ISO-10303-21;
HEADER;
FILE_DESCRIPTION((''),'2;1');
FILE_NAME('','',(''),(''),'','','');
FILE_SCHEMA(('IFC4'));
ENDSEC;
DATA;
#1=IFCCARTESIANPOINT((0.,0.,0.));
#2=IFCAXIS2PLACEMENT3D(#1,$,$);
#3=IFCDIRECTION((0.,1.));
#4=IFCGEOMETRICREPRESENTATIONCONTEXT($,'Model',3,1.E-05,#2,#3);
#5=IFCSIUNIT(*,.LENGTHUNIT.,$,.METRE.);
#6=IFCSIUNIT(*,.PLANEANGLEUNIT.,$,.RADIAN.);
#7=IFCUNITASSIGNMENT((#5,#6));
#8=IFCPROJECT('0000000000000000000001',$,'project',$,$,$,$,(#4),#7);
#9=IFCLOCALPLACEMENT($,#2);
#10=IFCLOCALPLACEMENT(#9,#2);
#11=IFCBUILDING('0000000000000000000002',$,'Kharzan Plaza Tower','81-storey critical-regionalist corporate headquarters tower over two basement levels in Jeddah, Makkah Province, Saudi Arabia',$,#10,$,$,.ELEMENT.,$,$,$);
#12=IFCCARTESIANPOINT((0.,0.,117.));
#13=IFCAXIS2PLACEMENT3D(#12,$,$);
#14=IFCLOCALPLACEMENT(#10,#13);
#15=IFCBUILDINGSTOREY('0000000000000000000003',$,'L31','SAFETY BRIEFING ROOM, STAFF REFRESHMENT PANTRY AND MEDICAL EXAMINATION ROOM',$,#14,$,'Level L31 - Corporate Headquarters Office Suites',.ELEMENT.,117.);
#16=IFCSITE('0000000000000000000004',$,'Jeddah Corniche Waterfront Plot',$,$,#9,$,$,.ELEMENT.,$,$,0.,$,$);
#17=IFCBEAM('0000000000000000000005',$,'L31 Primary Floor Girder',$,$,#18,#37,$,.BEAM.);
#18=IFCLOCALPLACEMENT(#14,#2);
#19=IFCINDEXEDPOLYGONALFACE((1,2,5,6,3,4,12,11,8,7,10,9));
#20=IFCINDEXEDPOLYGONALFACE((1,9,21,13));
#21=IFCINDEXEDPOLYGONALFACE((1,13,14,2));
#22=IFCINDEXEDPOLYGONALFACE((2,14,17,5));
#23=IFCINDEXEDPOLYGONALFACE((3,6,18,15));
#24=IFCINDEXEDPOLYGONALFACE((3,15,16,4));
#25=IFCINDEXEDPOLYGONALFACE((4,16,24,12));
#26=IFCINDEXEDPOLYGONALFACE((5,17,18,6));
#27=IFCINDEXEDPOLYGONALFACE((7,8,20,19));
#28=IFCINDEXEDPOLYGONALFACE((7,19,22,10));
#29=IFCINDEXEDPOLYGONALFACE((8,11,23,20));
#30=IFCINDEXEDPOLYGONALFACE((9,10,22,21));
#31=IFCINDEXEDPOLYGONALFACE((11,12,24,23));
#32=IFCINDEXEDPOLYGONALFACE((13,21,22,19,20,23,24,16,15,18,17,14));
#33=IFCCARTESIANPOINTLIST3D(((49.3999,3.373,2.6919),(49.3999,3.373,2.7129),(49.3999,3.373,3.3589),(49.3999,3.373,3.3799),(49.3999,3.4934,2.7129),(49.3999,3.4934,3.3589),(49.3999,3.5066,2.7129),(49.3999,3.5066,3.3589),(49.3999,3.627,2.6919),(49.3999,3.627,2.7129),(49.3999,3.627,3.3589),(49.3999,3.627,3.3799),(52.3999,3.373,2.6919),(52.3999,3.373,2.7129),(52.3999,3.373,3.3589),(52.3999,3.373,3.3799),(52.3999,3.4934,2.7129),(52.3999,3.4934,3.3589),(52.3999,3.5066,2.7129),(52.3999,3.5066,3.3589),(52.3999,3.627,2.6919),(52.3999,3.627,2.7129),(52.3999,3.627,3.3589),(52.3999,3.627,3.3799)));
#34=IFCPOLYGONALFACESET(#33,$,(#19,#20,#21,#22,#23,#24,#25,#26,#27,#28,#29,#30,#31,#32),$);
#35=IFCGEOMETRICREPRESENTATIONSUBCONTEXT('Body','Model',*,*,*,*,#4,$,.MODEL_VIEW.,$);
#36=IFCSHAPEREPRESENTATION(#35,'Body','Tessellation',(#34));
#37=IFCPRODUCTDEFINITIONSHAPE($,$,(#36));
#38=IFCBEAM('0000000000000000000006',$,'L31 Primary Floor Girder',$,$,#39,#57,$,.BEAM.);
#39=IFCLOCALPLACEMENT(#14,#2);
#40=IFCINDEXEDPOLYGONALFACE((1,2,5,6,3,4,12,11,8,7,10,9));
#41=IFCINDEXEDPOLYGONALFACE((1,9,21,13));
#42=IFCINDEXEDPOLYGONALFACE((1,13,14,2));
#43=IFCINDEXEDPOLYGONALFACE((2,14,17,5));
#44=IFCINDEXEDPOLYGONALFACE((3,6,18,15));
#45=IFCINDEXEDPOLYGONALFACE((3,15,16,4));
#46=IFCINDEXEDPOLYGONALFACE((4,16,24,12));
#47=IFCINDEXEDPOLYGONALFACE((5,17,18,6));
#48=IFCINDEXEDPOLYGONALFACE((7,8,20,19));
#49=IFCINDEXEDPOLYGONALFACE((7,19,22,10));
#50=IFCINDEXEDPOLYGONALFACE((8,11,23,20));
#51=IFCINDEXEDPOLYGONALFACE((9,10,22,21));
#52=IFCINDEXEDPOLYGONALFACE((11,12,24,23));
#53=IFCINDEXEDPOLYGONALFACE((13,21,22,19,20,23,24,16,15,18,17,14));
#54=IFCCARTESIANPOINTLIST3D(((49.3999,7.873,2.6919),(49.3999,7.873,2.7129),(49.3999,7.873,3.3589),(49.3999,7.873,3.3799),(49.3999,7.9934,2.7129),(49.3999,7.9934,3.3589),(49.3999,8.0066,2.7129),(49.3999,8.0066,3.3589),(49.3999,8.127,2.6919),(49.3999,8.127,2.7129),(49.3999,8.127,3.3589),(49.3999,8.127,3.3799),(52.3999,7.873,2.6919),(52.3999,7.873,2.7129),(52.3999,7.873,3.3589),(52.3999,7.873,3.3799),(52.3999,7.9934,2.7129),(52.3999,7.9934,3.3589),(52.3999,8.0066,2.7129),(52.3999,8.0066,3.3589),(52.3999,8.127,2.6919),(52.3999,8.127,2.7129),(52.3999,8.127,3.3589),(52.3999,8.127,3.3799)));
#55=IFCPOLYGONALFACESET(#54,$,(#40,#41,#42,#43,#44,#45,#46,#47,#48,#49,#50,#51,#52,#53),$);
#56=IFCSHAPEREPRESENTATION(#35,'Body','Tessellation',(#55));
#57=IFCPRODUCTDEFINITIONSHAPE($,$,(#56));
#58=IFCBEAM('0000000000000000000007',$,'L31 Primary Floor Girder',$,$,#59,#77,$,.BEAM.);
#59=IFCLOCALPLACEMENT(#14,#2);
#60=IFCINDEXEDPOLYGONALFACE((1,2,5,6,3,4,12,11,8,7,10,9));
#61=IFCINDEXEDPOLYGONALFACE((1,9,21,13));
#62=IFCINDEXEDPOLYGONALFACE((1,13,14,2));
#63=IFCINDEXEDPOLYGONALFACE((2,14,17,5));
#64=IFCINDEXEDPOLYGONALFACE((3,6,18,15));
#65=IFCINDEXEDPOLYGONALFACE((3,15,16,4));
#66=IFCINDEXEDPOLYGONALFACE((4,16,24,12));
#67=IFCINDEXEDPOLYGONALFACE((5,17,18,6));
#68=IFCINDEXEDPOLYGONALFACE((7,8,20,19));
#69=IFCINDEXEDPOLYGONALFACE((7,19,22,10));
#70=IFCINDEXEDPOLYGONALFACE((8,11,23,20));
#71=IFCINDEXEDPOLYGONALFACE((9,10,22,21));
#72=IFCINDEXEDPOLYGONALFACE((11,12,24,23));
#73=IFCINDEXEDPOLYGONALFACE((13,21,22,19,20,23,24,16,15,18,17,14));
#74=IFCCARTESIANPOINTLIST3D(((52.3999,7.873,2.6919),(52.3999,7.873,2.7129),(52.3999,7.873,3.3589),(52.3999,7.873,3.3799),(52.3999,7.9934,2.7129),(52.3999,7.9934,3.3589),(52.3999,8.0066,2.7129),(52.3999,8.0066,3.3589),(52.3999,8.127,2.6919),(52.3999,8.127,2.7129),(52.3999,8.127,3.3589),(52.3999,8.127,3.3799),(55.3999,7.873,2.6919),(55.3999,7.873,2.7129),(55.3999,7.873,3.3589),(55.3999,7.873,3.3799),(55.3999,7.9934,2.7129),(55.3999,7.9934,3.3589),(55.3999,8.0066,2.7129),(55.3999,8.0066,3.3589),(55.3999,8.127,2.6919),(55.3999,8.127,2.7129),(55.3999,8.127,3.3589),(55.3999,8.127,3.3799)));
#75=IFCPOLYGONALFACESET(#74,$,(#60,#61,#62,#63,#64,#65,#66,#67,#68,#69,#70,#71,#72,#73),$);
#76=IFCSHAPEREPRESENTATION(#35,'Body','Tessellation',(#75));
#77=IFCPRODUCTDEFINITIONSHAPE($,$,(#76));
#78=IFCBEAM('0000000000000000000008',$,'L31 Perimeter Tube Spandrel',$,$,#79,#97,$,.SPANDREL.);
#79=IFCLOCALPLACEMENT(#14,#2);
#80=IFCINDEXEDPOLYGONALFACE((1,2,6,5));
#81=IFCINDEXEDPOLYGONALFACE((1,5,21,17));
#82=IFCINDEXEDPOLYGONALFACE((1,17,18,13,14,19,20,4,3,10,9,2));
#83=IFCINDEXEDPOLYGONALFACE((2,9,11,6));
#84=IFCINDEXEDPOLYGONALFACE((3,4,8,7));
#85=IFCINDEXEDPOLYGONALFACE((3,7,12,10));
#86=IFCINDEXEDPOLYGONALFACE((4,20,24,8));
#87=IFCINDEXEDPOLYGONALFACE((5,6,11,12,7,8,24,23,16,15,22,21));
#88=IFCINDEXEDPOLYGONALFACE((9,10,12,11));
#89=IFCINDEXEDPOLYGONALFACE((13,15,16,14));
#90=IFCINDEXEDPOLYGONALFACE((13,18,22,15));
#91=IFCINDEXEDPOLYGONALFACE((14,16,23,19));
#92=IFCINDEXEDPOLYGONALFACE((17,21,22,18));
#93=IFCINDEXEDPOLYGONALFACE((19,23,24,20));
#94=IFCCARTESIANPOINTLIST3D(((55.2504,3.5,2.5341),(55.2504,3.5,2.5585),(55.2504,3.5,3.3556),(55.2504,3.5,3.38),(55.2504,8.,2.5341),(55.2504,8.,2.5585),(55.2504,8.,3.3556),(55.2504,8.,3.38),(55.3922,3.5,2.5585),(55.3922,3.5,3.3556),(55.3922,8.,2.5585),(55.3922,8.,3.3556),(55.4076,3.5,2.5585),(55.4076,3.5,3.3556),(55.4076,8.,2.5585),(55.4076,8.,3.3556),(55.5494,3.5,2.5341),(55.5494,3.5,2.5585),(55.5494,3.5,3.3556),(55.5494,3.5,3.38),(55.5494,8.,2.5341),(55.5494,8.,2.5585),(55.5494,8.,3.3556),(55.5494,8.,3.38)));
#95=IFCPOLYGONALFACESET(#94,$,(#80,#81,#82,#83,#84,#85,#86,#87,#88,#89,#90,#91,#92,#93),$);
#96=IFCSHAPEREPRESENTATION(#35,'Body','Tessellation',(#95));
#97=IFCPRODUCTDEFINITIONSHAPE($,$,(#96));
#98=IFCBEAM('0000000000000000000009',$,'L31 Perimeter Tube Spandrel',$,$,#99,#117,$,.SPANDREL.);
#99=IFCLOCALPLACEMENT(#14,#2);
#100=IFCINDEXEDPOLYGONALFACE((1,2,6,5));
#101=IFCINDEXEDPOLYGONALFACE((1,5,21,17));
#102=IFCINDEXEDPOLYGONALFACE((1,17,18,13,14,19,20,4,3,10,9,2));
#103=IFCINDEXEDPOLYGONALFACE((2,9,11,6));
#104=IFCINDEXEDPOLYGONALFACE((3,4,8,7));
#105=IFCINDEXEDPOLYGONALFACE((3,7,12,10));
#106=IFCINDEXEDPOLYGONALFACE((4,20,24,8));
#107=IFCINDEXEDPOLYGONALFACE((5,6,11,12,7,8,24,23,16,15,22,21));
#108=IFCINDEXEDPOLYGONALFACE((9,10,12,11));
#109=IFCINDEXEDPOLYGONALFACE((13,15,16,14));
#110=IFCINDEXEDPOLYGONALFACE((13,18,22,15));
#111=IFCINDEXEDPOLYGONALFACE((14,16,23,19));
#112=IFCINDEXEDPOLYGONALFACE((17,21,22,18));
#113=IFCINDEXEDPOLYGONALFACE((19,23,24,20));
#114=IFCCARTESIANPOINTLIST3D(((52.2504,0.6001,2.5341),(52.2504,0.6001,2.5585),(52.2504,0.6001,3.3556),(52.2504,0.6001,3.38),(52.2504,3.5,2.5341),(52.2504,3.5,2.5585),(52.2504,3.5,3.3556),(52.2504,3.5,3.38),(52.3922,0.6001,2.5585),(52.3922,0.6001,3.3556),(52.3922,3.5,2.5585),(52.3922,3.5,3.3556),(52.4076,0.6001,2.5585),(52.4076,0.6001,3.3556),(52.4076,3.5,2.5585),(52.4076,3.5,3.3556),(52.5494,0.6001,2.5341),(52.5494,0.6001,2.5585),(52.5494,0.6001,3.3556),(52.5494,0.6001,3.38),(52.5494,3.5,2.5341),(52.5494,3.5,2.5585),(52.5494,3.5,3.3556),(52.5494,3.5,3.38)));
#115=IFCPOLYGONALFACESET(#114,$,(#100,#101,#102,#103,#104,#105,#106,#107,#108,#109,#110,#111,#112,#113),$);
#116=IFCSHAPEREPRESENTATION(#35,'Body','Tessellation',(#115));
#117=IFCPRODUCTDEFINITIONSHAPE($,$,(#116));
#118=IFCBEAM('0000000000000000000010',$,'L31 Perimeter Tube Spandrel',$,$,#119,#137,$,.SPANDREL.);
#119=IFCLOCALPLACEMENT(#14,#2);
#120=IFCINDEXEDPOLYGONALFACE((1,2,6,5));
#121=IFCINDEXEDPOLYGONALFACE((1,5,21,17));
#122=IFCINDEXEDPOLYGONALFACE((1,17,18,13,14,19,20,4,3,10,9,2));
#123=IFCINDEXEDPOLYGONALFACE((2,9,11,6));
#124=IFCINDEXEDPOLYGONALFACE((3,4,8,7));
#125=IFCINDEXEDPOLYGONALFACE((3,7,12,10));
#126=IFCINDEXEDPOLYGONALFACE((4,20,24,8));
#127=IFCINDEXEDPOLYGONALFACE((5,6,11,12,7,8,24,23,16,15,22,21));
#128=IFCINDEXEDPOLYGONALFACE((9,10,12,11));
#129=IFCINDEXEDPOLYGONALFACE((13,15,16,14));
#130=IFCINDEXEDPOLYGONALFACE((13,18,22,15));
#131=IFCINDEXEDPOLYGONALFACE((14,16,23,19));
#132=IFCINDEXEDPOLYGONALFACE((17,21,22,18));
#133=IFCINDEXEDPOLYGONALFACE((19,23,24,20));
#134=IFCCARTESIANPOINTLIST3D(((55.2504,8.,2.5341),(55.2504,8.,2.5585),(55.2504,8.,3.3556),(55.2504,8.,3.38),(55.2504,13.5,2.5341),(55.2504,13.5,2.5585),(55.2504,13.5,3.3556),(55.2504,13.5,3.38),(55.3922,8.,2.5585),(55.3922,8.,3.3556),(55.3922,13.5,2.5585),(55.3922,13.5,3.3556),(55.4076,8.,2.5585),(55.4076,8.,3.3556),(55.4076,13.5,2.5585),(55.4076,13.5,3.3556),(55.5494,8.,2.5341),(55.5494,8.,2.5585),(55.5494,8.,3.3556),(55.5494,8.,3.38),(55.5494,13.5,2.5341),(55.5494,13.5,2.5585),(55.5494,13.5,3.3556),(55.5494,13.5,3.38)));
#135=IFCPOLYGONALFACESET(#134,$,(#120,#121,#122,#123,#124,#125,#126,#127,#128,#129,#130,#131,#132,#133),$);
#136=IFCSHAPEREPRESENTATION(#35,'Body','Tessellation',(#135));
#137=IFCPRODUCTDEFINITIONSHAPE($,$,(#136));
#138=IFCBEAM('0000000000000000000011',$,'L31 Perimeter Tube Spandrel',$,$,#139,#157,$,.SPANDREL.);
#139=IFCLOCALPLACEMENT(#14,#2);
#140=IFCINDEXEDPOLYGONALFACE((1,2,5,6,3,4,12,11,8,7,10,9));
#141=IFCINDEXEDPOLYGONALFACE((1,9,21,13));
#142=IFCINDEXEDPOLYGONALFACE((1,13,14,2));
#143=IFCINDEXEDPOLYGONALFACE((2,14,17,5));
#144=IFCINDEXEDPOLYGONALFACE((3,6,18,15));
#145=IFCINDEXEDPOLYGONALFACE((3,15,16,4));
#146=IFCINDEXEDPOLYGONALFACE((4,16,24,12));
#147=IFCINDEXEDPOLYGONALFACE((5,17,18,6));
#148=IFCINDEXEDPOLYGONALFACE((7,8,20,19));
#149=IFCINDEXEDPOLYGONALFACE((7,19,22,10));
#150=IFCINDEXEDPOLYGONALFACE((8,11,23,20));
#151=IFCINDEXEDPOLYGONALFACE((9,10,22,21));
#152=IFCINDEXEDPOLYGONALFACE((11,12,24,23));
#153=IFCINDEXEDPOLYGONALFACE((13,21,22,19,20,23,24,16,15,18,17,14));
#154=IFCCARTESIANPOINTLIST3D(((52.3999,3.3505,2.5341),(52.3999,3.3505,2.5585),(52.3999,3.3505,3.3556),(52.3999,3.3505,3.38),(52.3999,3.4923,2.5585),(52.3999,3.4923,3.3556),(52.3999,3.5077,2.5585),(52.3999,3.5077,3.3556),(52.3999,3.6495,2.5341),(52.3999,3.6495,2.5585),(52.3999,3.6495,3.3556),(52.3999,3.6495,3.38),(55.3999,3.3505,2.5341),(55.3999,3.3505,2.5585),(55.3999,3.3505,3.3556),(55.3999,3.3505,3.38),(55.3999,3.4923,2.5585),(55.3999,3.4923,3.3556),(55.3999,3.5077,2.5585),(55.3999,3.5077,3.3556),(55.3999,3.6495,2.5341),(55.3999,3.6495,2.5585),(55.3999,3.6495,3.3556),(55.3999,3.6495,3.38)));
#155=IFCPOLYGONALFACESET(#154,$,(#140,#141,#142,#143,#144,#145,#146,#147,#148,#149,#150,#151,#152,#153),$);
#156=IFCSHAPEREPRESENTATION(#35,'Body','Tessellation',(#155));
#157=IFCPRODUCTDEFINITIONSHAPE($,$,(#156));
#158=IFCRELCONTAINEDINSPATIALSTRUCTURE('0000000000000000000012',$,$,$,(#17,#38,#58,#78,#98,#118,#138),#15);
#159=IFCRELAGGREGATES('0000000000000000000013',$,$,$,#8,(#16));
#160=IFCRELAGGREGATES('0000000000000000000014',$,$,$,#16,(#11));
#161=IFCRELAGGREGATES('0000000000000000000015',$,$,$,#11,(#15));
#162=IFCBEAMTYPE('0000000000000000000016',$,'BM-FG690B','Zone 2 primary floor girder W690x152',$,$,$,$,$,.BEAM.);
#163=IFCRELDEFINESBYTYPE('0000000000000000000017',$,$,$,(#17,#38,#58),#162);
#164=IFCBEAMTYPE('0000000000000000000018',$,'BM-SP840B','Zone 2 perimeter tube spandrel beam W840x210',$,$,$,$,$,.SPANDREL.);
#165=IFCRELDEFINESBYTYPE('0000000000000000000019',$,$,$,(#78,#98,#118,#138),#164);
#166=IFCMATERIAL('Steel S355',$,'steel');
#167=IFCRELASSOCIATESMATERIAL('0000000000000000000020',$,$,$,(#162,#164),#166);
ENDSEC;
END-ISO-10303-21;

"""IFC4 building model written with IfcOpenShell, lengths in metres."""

from ifc_helpers import new_model, si_unit, direction, frame, origin, origin_2d, place, context, subcontext, project, spatial, i_section, extrude, source, transform, mapped, material, material_profile, profile_set, type_object, element, save


model = new_model("IFC4")

# Units and contexts
model_context = context("Model", 3, precision=1e-05, world=origin(), true_north=direction((0.0, 1.0)))
body_context = subcontext(model_context, "Body", "Model", "MODEL_VIEW")
ifc_project = project(units=[si_unit("LENGTHUNIT", "METRE"), si_unit("PLANEANGLEUNIT", "RADIAN")], contexts=[model_context])

# Site, building, storey
site_placement = place(None, origin())
site = spatial("IfcSite", under=ifc_project, at=site_placement, Name="Jeddah Corniche Waterfront Plot", CompositionType="ELEMENT", RefElevation=0.0)
building_placement = place(site_placement, origin())
building = spatial("IfcBuilding", under=site, at=building_placement, Name="Kharzan Plaza Tower", Description="81-storey critical-regionalist corporate headquarters tower over two basement levels in Jeddah, Makkah Province, Saudi Arabia", CompositionType="ELEMENT")
storey_placement = place(building_placement, frame((0.0, 0.0, 117.0)))
storey = spatial("IfcBuildingStorey", under=building, at=storey_placement, Name="L31", Description="SAFETY BRIEFING ROOM, STAFF REFRESHMENT PANTRY AND MEDICAL EXAMINATION ROOM", LongName="Level L31 - Corporate Headquarters Office Suites", CompositionType="ELEMENT", Elevation=117.0)

# Beams
ifc_material_1 = material(Name="Steel S355", Category="steel")
ifc_material_profile_1 = material_profile(ifc_material_1, i_section(OverallWidth=0.2539, OverallDepth=0.688, WebThickness=0.0132, FlangeThickness=0.021, at=origin_2d()), Name="W690x152")
ifc_profile_set_1 = profile_set([ifc_material_profile_1], Name="Steel S355")
beam_type_1 = type_object("IfcBeamType", Name="BM-FG690B", Description="Zone 2 primary floor girder W690x152", PredefinedType="BEAM", material=ifc_profile_set_1)
shared_shape_1 = source(origin(), body_context, "Body", "SweptSolid", [
    extrude(i_section(OverallWidth=0.2539, OverallDepth=0.688, WebThickness=0.0132, FlangeThickness=0.021, at=origin_2d()), origin(), (0.0, 0.0, 1.0), 3.0),
])
for number, where, z_axis, x_axis, name in (
    (1, (49.3999, 3.5, 3.0359), (1.0, 0.0, 0.0), (0.0, 1.0, 0.0), "L31 Primary Floor Girder"),
    (2, (49.3999, 8.0, 3.0359), (1.0, 0.0, 0.0), (0.0, 1.0, 0.0), "L31 Primary Floor Girder"),
    (3, (52.3999, 8.0, 3.0359), (1.0, 0.0, 0.0), (0.0, 1.0, 0.0), "L31 Primary Floor Girder"),
):
    element("IfcBeam", number, at=place(storey_placement, frame(where, z_axis=z_axis, x_axis=x_axis)), inside=storey, type_object=beam_type_1, Name=name, PredefinedType="BEAM", context=body_context, shape_type="MappedRepresentation", body=[
        mapped(shared_shape_1, transform((0.0, 0.0, 0.0), x_axis=(1.0, 0.0, 0.0), y_axis=(0.0, 1.0, 0.0), z_axis=(0.0, 0.0, 1.0))),
    ])
ifc_material_profile_2 = material_profile(ifc_material_1, i_section(OverallWidth=0.2991, OverallDepth=0.8459, WebThickness=0.0154, FlangeThickness=0.0244, at=origin_2d()), Name="W840x210")
ifc_profile_set_2 = profile_set([ifc_material_profile_2], Name="Steel S355")
beam_type_2 = type_object("IfcBeamType", Name="BM-SP840B", Description="Zone 2 perimeter tube spandrel beam W840x210", PredefinedType="SPANDREL", material=ifc_profile_set_2)
shared_shape_2 = source(origin(), body_context, "Body", "SweptSolid", [
    extrude(i_section(OverallWidth=0.2991, OverallDepth=0.8459, WebThickness=0.0154, FlangeThickness=0.0244, at=origin_2d()), origin(), (0.0, 0.0, 1.0), 4.5),
])
beam_1_placement = place(storey_placement, frame((55.3999, 3.5, 2.957), z_axis=(0.0, 1.0, 0.0), x_axis=(-1.0, 0.0, 0.0)))
element("IfcBeam", 4, at=beam_1_placement, inside=storey, type_object=beam_type_2, Name="L31 Perimeter Tube Spandrel", PredefinedType="SPANDREL", context=body_context, shape_type="MappedRepresentation", body=[
    mapped(shared_shape_2, transform((0.0, 0.0, 0.0), x_axis=(1.0, 0.0, 0.0), y_axis=(0.0, 1.0, 0.0), z_axis=(0.0, 0.0, 1.0))),
])
shared_shape_3 = source(origin(), body_context, "Body", "SweptSolid", [
    extrude(i_section(OverallWidth=0.2991, OverallDepth=0.8459, WebThickness=0.0154, FlangeThickness=0.0244, at=origin_2d()), origin(), (0.0, 0.0, 1.0), 2.8999),
])
beam_2_placement = place(storey_placement, frame((52.3999, 0.6001, 2.957), z_axis=(0.0, 1.0, 0.0), x_axis=(-1.0, 0.0, 0.0)))
element("IfcBeam", 5, at=beam_2_placement, inside=storey, type_object=beam_type_2, Name="L31 Perimeter Tube Spandrel", PredefinedType="SPANDREL", context=body_context, shape_type="MappedRepresentation", body=[
    mapped(shared_shape_3, transform((0.0, 0.0, 0.0), x_axis=(1.0, 0.0, 0.0), y_axis=(0.0, 1.0, 0.0), z_axis=(0.0, 0.0, 1.0))),
])
shared_shape_4 = source(origin(), body_context, "Body", "SweptSolid", [
    extrude(i_section(OverallWidth=0.2991, OverallDepth=0.8459, WebThickness=0.0154, FlangeThickness=0.0244, at=origin_2d()), origin(), (0.0, 0.0, 1.0), 5.5),
])
beam_3_placement = place(storey_placement, frame((55.3999, 8.0, 2.957), z_axis=(0.0, 1.0, 0.0), x_axis=(-1.0, 0.0, 0.0)))
element("IfcBeam", 6, at=beam_3_placement, inside=storey, type_object=beam_type_2, Name="L31 Perimeter Tube Spandrel", PredefinedType="SPANDREL", context=body_context, shape_type="MappedRepresentation", body=[
    mapped(shared_shape_4, transform((0.0, 0.0, 0.0), x_axis=(1.0, 0.0, 0.0), y_axis=(0.0, 1.0, 0.0), z_axis=(0.0, 0.0, 1.0))),
])
shared_shape_5 = source(origin(), body_context, "Body", "SweptSolid", [
    extrude(i_section(OverallWidth=0.2991, OverallDepth=0.8459, WebThickness=0.0154, FlangeThickness=0.0244, at=origin_2d()), origin(), (0.0, 0.0, 1.0), 3.0),
])
beam_4_placement = place(storey_placement, frame((52.3999, 3.5, 2.957), z_axis=(1.0, 0.0, 0.0), x_axis=(0.0, 1.0, 0.0)))
element("IfcBeam", 7, at=beam_4_placement, inside=storey, type_object=beam_type_2, Name="L31 Perimeter Tube Spandrel", PredefinedType="SPANDREL", context=body_context, shape_type="MappedRepresentation", body=[
    mapped(shared_shape_5, transform((0.0, 0.0, 0.0), x_axis=(1.0, 0.0, 0.0), y_axis=(0.0, 1.0, 0.0), z_axis=(0.0, 0.0, 1.0))),
])

save(model, "model.ifc")
